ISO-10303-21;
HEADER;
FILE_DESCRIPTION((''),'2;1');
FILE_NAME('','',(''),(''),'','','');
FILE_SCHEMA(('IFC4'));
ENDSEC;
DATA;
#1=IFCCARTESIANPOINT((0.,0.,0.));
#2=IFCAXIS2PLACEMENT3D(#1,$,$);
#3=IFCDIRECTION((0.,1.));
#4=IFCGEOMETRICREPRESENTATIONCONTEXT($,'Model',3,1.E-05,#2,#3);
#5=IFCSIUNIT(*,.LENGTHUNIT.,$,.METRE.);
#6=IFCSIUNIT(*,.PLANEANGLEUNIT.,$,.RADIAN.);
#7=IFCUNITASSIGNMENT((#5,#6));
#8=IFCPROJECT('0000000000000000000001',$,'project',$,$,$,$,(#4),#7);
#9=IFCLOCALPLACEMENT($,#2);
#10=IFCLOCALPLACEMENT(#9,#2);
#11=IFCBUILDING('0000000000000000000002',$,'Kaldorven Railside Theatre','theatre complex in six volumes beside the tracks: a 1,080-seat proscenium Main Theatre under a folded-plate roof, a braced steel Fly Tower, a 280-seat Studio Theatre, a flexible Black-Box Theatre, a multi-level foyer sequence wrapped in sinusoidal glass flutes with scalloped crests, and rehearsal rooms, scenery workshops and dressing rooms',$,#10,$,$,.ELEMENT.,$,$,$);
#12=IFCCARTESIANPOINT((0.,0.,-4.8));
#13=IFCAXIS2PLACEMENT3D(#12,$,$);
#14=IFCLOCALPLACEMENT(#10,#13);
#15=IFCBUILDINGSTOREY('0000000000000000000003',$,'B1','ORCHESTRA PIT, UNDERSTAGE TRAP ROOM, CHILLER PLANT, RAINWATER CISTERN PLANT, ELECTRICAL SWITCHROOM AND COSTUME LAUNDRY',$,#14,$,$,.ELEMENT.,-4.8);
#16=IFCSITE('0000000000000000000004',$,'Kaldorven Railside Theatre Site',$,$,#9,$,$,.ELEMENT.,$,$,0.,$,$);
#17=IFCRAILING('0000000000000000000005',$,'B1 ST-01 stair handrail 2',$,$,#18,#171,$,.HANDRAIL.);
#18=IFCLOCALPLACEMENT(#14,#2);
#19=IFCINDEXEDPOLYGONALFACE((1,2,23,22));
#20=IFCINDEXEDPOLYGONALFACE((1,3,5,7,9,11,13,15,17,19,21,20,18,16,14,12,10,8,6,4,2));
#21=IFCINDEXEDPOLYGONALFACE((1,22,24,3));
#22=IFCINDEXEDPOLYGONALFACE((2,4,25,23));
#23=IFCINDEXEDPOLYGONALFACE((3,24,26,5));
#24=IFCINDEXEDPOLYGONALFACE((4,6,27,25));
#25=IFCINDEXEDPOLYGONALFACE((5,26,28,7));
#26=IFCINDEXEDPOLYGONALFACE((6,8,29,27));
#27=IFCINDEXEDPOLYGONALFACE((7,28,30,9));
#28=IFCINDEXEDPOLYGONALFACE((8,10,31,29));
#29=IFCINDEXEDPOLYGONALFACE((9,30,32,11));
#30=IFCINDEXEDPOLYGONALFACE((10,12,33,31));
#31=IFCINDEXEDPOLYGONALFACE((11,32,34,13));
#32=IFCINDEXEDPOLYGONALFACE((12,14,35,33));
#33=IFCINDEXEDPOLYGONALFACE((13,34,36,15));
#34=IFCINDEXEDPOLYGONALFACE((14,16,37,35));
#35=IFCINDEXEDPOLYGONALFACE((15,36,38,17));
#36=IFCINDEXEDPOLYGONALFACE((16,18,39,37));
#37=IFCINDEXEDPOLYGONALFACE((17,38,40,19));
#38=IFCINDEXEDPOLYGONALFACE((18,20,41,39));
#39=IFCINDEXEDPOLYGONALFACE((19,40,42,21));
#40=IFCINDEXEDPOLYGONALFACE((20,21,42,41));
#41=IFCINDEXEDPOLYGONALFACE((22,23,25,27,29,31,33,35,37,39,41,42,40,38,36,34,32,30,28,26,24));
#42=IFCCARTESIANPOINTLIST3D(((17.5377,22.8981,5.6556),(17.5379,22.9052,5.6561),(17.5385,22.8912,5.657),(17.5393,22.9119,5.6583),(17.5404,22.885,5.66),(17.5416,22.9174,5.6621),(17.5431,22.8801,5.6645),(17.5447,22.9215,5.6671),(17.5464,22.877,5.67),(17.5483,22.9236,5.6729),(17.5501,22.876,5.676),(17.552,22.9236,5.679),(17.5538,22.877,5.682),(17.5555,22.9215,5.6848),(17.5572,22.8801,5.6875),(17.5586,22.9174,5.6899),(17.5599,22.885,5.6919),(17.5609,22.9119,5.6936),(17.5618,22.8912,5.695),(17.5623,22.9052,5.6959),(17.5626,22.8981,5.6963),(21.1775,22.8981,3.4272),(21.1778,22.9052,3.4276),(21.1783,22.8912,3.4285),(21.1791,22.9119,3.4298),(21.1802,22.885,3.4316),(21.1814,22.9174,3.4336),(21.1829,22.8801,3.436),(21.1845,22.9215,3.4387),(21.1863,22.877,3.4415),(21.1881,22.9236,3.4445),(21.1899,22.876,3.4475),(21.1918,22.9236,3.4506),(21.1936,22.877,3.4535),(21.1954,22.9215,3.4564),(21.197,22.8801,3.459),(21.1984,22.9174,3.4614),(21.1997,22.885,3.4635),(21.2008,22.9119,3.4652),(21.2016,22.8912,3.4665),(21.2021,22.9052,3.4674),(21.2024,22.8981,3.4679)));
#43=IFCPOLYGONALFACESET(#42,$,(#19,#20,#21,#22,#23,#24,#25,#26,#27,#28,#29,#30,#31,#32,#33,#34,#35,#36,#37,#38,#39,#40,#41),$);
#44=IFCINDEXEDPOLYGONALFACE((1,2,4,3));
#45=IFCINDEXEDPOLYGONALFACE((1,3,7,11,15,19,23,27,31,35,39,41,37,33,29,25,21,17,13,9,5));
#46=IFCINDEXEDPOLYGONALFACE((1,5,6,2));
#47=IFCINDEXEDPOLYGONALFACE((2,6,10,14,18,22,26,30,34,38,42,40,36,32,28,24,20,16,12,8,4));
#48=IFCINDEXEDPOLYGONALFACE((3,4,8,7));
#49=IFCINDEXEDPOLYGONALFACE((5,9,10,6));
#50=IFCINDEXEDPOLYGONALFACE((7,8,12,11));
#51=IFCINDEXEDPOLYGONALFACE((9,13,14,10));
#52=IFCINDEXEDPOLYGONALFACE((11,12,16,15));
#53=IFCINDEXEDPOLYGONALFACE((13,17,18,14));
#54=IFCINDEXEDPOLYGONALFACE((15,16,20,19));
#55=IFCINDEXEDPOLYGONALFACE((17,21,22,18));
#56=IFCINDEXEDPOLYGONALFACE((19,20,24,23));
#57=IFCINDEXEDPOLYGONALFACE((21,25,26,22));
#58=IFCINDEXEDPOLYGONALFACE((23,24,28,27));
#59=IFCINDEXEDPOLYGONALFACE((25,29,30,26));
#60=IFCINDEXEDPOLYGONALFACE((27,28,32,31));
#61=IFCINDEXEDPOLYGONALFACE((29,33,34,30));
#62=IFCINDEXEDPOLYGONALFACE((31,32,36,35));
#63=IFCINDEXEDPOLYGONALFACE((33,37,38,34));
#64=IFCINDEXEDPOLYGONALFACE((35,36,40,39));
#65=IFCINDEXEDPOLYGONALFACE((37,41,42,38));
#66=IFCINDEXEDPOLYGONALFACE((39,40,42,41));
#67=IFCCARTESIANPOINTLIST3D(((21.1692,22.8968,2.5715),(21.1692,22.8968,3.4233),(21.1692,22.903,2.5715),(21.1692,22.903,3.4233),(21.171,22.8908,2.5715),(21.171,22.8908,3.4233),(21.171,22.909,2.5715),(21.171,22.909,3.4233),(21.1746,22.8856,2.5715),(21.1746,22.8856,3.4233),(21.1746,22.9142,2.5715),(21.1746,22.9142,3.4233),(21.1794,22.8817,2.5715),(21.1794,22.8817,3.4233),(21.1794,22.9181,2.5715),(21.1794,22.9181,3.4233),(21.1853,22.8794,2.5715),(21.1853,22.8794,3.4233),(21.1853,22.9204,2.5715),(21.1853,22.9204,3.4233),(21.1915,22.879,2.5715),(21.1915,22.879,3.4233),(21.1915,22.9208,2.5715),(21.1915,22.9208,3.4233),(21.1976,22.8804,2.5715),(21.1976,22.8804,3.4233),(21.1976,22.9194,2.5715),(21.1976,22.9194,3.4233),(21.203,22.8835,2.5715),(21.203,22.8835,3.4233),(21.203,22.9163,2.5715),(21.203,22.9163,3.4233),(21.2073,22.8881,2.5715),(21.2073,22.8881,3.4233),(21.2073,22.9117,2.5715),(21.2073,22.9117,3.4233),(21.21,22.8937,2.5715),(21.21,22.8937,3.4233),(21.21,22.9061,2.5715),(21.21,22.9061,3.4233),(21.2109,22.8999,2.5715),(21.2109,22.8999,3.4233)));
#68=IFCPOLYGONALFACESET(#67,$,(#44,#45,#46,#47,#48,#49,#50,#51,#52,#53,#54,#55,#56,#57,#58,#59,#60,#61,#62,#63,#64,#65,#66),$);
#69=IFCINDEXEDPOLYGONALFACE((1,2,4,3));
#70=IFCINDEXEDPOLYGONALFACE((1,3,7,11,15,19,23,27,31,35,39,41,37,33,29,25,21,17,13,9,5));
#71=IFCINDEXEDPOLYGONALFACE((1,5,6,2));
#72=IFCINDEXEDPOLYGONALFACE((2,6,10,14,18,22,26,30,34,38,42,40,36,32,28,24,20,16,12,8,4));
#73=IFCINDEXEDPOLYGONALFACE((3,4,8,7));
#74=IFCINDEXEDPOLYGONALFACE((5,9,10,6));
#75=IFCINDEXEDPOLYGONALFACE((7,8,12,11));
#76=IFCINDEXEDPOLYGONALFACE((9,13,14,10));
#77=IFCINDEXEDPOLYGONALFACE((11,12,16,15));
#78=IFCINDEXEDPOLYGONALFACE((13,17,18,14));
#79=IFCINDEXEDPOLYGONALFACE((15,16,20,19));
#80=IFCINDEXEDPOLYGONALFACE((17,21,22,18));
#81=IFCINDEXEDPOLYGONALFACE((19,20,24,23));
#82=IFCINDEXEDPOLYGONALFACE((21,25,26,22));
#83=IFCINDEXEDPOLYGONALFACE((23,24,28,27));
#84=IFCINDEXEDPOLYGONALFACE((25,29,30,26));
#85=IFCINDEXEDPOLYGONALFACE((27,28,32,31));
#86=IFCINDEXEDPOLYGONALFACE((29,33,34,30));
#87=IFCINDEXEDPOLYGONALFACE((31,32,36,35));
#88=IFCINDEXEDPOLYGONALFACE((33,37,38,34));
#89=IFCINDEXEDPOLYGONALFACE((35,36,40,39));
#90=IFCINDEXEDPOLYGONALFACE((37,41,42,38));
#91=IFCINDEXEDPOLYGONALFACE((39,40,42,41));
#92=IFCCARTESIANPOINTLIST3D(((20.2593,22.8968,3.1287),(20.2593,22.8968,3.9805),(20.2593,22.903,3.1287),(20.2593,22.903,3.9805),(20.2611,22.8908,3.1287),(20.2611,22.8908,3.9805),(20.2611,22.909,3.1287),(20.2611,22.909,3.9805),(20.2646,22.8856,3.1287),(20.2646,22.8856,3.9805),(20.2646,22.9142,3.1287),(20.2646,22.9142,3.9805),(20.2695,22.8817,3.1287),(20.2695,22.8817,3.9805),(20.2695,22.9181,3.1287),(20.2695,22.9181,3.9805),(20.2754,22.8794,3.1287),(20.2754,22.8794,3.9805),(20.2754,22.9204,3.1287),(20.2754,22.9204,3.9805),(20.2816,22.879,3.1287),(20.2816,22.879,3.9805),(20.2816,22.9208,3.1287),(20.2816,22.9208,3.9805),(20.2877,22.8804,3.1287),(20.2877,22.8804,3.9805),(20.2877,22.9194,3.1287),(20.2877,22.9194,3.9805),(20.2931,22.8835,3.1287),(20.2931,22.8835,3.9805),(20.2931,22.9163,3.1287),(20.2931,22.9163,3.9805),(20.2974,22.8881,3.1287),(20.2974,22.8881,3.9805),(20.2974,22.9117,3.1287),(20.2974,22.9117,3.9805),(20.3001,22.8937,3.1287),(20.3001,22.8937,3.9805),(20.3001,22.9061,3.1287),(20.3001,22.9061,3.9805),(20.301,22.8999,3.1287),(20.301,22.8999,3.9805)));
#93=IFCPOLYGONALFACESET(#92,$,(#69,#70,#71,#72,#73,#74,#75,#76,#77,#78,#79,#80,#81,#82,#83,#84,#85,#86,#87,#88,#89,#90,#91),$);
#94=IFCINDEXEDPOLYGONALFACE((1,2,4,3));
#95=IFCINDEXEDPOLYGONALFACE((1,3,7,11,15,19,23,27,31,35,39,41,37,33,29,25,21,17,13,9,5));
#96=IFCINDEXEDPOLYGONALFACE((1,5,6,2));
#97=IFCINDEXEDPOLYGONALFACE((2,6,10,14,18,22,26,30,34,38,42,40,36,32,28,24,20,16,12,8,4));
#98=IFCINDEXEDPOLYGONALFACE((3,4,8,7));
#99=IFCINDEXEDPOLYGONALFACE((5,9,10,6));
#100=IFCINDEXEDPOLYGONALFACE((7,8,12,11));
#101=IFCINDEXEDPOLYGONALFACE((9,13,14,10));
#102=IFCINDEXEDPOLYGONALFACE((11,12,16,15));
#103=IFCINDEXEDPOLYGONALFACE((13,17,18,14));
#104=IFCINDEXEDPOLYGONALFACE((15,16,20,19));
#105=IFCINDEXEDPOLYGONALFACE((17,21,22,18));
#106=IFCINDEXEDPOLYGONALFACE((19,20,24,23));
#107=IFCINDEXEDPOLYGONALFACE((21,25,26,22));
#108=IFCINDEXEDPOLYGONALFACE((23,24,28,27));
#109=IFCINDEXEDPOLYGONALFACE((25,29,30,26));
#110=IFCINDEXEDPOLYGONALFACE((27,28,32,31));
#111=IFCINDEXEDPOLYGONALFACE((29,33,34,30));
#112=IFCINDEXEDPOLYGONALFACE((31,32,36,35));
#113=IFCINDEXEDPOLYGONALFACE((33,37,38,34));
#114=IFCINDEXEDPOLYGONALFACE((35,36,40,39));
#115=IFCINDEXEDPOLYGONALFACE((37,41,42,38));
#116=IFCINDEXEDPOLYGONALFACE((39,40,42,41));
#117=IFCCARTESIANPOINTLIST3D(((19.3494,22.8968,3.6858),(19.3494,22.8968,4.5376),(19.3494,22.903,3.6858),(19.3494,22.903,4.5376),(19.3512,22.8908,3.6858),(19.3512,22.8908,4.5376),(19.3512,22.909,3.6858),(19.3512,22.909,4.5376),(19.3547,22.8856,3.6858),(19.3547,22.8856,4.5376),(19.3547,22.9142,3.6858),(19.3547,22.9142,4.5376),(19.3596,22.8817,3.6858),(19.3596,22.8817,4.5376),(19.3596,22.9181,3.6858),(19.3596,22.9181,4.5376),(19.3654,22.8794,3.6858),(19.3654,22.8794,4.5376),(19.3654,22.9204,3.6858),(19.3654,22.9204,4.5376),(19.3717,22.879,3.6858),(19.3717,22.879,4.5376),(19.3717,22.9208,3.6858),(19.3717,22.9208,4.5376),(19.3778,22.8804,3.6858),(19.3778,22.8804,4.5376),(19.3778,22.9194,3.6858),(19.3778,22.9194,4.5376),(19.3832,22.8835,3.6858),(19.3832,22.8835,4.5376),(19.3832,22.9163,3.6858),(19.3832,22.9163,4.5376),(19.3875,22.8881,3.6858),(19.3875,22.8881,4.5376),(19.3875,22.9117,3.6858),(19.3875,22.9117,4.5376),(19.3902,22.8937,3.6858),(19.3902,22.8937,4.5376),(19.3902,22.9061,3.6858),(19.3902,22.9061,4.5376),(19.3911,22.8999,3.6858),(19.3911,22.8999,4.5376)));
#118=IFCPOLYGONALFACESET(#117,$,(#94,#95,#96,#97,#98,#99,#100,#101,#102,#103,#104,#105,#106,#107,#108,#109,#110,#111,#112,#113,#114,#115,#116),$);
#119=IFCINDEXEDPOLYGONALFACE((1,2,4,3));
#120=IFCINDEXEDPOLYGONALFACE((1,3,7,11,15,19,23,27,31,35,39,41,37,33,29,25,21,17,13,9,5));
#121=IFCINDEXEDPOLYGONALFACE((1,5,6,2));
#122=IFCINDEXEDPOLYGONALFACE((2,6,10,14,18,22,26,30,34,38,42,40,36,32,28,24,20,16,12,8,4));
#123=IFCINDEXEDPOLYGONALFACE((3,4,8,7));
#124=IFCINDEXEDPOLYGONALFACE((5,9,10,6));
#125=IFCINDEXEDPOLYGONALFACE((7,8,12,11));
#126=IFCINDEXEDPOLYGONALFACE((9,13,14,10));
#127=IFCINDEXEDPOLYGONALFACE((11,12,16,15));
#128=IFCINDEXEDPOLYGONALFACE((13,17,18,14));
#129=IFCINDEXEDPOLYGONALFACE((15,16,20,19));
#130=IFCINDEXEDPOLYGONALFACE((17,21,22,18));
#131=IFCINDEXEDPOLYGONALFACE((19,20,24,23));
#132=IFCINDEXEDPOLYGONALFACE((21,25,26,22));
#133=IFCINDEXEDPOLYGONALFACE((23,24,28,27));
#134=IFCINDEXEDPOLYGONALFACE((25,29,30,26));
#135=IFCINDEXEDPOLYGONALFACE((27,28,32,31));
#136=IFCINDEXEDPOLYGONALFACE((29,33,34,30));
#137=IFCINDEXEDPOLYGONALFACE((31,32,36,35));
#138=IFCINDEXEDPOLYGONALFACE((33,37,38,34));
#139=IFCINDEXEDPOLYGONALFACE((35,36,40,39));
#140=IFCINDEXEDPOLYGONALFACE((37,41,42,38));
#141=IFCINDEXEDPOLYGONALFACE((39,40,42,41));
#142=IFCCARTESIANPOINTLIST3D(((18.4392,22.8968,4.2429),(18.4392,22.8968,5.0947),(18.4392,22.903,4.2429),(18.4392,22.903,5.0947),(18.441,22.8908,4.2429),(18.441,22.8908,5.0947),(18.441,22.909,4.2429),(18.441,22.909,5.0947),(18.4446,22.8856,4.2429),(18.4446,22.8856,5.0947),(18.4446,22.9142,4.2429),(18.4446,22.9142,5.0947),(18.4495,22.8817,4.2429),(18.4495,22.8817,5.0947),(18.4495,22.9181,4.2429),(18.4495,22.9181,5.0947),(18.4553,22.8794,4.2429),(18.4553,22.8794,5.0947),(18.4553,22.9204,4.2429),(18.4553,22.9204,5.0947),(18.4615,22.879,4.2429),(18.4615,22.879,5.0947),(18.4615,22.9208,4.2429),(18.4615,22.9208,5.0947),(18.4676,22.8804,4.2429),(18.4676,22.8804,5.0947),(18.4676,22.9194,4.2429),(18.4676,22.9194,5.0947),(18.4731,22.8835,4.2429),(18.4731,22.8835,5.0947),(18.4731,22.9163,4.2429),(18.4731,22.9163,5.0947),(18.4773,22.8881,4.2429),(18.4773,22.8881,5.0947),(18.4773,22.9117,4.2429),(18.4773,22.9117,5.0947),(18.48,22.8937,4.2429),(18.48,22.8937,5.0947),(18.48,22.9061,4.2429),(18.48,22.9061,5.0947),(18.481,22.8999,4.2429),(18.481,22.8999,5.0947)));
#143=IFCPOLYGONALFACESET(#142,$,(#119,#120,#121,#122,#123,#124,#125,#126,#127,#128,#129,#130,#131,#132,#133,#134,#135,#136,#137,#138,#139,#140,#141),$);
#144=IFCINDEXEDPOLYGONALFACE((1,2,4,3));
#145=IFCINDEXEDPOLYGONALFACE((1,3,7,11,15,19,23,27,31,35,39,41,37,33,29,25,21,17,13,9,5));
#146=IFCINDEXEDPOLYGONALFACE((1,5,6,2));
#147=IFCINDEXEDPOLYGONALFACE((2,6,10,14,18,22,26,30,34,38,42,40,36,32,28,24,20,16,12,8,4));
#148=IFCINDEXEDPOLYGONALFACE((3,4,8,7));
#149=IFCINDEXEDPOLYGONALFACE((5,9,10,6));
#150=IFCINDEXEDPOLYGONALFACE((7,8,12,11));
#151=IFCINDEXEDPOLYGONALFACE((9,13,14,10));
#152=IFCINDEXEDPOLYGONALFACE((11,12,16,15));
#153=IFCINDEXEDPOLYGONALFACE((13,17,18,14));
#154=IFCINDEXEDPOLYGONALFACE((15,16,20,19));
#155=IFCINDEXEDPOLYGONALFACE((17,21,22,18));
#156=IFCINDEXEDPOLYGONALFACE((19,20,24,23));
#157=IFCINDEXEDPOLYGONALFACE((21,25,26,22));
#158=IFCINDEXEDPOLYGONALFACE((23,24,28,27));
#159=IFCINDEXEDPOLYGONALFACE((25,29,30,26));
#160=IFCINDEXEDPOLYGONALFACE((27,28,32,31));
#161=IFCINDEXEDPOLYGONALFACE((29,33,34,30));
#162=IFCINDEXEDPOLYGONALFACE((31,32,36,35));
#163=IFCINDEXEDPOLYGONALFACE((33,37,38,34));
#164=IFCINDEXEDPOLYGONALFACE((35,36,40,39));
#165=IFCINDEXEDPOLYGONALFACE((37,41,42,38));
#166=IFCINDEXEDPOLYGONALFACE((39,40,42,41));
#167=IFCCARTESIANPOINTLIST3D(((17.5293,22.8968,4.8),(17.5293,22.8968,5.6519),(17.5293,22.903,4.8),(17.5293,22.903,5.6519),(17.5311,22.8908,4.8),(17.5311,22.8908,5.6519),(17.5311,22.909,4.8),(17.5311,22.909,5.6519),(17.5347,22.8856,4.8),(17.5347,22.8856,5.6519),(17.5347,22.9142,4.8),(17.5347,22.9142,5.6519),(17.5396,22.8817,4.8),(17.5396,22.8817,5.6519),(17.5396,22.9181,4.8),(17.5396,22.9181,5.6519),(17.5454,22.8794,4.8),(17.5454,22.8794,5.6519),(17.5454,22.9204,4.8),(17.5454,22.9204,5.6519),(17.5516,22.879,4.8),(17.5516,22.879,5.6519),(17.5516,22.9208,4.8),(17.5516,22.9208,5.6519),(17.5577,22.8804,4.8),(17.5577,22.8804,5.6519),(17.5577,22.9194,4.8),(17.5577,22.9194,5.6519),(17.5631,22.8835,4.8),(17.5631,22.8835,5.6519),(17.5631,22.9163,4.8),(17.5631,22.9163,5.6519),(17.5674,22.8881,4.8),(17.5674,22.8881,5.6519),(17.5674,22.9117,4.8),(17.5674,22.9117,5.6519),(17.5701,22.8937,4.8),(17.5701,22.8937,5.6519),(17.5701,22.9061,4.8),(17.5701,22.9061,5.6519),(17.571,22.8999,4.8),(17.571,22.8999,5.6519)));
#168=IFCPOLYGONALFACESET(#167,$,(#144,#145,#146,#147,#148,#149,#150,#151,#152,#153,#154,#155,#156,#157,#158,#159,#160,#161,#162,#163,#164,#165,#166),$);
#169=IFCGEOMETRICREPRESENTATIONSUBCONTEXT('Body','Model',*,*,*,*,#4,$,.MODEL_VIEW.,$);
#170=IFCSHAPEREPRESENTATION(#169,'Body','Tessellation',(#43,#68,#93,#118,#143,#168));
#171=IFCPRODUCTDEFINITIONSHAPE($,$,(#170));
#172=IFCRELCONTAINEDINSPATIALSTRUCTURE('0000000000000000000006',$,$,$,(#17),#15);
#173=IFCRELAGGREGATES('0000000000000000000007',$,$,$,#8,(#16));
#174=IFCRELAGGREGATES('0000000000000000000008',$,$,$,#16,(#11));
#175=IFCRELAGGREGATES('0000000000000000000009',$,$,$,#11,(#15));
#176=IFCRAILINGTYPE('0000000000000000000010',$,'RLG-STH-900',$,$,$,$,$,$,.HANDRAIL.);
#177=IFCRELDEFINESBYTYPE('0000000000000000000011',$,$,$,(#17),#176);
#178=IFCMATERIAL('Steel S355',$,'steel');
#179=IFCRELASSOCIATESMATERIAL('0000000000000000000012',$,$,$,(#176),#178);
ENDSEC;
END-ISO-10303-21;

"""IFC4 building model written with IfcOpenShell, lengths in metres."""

from ifc_helpers import new_model, si_unit, direction, frame, origin, origin_2d, place, context, subcontext, project, spatial, circle, extrude, material, type_object, element, save


model = new_model("IFC4")

# Units and contexts
model_context = context("Model", 3, precision=1e-05, world=origin(), true_north=direction((0.0, 1.0)))
body_context = subcontext(model_context, "Body", "Model", "MODEL_VIEW")
ifc_project = project(units=[si_unit("LENGTHUNIT", "METRE"), si_unit("PLANEANGLEUNIT", "RADIAN")], contexts=[model_context])

# Site, building, storey
site_placement = place(None, origin())
site = spatial("IfcSite", under=ifc_project, at=site_placement, Name="Kaldorven Railside Theatre Site", CompositionType="ELEMENT", RefElevation=0.0)
building_placement = place(site_placement, origin())
building = spatial("IfcBuilding", under=site, at=building_placement, Name="Kaldorven Railside Theatre", Description="theatre complex in six volumes beside the tracks: a 1,080-seat proscenium Main Theatre under a folded-plate roof, a braced steel Fly Tower, a 280-seat Studio Theatre, a flexible Black-Box Theatre, a multi-level foyer sequence wrapped in sinusoidal glass flutes with scalloped crests, and rehearsal rooms, scenery workshops and dressing rooms", CompositionType="ELEMENT")
storey_placement = place(building_placement, frame((0.0, 0.0, -4.8)))
storey = spatial("IfcBuildingStorey", under=building, at=storey_placement, Name="B1", Description="ORCHESTRA PIT, UNDERSTAGE TRAP ROOM, CHILLER PLANT, RAINWATER CISTERN PLANT, ELECTRICAL SWITCHROOM AND COSTUME LAUNDRY", CompositionType="ELEMENT", Elevation=-4.8)

# Railing
ifc_material_1 = material(Name="Steel S355", Category="steel")
railing_type_1 = type_object("IfcRailingType", Name="RLG-STH-900", PredefinedType="HANDRAIL", material=ifc_material_1)
railing_1_placement = place(storey_placement, frame((21.1899, 22.8999, 2.5715)))
element("IfcRailing", 1, at=railing_1_placement, inside=storey, type_object=railing_type_1, Name="B1 ST-01 stair handrail 2", PredefinedType="HANDRAIL", context=body_context, shape_type="SweptSolid", body=[
    extrude(circle(Radius=0.0239, at=origin_2d()), frame((0.0, 0.0, 0.876), z_axis=(-0.85285, 0.0, 0.522156), x_axis=(0.0, -1.0, 0.0)), (0.0, 0.0, 1.0), 4.2678),
    extrude(circle(Radius=0.021, at=origin_2d()), origin(), (0.0, 0.0, 1.0), 0.8518),
    extrude(circle(Radius=0.021, at=origin_2d()), frame((-0.9099, 0.0, 0.5571)), (0.0, 0.0, 1.0), 0.8518),
    extrude(circle(Radius=0.021, at=origin_2d()), frame((-1.8198, 0.0, 1.1143)), (0.0, 0.0, 1.0), 0.8518),
    extrude(circle(Radius=0.021, at=origin_2d()), frame((-2.73, 0.0, 1.6714)), (0.0, 0.0, 1.0), 0.8518),
    extrude(circle(Radius=0.021, at=origin_2d()), frame((-3.6399, 0.0, 2.2285)), (0.0, 0.0, 1.0), 0.8518),
])

save(model, "model.ifc")
